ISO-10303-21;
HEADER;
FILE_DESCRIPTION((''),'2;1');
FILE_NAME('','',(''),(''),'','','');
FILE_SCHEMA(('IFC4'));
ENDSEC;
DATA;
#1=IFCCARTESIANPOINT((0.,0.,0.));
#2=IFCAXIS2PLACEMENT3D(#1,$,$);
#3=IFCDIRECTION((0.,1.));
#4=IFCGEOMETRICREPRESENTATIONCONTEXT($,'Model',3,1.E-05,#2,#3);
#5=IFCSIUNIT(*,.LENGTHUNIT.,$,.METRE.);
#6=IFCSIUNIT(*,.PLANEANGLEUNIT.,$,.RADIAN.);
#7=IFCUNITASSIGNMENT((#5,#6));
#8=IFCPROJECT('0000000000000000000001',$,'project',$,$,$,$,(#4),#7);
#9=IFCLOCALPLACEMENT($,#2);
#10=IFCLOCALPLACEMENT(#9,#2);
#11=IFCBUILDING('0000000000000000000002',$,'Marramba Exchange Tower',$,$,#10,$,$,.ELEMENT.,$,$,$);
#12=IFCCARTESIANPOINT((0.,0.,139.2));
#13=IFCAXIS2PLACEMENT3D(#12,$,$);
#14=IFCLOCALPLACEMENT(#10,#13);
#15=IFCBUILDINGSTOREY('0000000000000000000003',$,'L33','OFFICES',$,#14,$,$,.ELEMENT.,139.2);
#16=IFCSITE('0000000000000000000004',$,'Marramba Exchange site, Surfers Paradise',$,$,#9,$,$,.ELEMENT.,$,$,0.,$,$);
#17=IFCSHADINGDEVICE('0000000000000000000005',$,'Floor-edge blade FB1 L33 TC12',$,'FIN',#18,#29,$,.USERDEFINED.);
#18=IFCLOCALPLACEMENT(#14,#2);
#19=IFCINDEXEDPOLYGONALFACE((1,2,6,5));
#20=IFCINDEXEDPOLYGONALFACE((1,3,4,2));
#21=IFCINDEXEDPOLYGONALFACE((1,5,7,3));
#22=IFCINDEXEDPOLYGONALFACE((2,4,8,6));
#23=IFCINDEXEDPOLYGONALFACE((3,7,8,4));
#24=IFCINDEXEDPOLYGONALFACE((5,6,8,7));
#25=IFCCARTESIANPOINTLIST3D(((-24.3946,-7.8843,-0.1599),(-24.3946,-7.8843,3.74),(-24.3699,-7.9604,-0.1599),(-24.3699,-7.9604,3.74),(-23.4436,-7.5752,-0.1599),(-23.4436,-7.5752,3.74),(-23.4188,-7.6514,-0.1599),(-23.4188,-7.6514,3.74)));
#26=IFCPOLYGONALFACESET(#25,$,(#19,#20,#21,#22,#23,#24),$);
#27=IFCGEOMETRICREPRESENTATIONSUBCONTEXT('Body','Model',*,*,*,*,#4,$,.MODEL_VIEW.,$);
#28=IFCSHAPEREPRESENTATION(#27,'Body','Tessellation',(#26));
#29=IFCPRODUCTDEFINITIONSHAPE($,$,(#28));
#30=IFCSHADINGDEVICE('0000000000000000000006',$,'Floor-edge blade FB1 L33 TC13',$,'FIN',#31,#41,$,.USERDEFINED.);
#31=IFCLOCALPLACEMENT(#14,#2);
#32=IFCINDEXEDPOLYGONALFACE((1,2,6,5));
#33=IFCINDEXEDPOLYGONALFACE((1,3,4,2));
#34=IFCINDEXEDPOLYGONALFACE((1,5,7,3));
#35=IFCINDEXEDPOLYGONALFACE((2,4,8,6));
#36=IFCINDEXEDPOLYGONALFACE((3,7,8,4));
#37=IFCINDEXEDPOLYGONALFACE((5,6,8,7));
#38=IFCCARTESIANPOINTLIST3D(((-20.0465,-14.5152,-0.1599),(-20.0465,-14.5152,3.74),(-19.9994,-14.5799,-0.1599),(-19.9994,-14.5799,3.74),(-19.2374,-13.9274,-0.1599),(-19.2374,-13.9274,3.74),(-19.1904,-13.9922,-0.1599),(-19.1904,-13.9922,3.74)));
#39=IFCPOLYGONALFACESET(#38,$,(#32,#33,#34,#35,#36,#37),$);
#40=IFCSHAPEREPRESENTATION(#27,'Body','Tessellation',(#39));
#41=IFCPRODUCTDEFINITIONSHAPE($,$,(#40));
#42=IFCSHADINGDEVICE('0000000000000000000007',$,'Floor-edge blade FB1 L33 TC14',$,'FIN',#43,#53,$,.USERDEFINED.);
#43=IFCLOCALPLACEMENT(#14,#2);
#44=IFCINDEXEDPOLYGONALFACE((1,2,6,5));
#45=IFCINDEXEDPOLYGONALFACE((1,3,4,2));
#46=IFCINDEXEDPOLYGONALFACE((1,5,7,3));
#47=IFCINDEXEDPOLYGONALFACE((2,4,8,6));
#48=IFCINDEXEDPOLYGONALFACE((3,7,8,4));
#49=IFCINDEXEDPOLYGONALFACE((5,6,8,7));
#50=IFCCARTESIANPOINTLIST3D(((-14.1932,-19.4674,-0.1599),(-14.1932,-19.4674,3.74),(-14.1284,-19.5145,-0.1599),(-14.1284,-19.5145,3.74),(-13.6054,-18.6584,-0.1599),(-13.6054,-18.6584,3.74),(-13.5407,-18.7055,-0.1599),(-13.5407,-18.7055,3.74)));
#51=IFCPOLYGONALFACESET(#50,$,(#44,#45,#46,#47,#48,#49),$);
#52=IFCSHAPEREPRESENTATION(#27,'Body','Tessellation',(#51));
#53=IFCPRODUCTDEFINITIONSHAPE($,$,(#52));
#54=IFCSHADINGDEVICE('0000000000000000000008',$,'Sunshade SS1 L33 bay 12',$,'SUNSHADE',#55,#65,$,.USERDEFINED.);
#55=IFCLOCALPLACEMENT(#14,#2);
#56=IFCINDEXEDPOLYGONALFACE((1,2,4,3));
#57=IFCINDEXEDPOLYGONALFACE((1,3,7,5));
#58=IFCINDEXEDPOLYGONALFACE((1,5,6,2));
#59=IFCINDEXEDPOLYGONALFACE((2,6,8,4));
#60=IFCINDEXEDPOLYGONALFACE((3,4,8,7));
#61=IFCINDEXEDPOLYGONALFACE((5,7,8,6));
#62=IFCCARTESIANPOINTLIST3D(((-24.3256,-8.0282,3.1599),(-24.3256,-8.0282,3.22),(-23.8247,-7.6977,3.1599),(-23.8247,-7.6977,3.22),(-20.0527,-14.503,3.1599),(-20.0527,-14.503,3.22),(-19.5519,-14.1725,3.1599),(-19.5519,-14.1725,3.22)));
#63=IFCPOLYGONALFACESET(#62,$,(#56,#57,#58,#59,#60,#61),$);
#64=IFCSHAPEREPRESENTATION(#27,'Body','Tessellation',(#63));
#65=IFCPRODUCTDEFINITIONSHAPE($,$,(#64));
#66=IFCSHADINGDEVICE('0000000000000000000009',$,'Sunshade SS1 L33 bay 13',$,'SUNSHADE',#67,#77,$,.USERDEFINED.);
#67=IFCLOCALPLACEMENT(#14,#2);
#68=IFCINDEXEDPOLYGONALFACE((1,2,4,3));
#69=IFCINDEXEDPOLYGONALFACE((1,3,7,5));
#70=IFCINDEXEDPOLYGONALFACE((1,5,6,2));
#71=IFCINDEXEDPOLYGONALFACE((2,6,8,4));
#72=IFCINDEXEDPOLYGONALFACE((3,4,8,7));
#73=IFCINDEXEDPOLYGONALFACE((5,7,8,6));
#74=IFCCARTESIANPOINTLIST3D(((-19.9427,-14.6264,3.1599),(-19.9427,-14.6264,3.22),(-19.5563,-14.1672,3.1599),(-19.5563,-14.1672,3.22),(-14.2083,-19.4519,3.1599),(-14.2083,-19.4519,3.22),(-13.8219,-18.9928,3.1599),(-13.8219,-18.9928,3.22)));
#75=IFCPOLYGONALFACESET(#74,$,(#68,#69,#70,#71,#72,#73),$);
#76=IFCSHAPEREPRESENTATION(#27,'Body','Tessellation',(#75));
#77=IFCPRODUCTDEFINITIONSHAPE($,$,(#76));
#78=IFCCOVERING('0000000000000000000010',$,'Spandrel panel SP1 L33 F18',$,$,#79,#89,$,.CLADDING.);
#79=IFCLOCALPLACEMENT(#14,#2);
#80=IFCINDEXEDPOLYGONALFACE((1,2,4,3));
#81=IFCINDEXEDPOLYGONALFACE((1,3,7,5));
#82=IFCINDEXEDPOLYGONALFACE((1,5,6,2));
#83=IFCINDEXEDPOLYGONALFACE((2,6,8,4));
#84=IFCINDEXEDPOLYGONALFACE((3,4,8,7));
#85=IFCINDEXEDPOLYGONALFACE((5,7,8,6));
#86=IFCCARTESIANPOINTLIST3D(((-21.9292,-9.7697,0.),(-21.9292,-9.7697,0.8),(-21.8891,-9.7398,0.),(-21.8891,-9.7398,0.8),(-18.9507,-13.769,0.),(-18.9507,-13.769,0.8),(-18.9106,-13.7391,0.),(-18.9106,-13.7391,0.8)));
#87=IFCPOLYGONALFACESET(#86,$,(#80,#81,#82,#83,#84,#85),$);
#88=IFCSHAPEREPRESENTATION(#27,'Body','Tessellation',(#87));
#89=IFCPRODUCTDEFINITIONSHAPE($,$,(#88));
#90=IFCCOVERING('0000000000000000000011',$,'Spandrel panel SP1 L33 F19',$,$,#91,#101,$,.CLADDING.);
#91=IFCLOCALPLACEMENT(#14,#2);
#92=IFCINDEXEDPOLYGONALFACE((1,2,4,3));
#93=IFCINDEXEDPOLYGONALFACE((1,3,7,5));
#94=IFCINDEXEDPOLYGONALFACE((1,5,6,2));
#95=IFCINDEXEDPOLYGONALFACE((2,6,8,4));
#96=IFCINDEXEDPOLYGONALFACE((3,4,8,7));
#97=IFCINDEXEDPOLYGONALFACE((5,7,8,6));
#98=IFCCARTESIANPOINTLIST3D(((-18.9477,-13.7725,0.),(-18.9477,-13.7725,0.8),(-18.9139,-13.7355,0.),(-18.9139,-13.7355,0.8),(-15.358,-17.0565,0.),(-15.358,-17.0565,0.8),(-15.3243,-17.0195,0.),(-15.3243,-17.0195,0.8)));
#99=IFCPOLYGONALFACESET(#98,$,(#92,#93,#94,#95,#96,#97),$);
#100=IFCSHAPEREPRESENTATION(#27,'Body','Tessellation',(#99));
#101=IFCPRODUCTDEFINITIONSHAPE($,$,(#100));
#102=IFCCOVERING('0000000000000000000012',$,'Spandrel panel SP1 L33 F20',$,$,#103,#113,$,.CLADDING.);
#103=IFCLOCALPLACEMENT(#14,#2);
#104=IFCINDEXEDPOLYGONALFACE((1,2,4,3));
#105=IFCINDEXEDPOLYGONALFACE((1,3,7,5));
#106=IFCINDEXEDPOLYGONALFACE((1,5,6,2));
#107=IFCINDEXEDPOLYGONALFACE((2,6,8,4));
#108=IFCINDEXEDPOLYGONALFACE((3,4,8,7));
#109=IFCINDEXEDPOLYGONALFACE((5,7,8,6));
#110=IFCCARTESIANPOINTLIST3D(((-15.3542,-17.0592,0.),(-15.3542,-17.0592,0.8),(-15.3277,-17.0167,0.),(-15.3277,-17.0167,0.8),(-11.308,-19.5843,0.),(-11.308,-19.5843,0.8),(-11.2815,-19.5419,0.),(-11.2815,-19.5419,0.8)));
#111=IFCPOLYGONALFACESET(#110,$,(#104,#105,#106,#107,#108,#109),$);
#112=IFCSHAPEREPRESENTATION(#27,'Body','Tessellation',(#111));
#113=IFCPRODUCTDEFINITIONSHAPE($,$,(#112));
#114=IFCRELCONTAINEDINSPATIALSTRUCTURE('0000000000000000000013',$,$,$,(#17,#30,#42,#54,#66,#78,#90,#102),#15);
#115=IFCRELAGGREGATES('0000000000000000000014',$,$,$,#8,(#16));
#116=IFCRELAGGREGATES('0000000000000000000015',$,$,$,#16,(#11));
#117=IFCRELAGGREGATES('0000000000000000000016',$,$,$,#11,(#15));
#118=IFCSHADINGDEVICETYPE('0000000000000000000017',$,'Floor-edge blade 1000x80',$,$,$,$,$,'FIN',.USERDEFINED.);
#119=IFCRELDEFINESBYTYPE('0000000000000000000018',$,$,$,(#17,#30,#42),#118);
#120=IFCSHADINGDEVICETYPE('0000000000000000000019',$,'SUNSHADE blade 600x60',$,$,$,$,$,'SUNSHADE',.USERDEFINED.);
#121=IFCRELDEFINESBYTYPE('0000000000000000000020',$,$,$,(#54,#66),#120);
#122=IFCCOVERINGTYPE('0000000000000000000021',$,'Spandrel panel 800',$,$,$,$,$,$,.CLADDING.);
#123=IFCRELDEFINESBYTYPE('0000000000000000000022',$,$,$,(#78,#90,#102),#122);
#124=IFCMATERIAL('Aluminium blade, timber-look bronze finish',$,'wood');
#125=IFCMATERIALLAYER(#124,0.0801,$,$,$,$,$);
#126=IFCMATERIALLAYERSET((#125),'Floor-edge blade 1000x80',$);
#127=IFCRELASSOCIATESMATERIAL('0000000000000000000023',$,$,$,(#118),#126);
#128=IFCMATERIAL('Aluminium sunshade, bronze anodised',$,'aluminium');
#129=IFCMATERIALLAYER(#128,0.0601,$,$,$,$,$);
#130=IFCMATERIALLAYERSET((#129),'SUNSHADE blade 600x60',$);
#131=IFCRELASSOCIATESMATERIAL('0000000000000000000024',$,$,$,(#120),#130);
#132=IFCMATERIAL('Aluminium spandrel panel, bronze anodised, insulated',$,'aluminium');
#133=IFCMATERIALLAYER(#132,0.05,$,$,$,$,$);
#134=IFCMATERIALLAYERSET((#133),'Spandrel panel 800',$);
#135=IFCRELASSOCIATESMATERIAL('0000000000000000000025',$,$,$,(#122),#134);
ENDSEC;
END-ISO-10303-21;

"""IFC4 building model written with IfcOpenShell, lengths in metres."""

from ifc_helpers import new_model, si_unit, direction, frame, origin, origin_2d, place, context, subcontext, project, spatial, rectangle, extrude, material, layer, layer_set, type_object, element, save


model = new_model("IFC4")

# Units and contexts
model_context = context("Model", 3, precision=1e-05, world=origin(), true_north=direction((0.0, 1.0)))
body_context = subcontext(model_context, "Body", "Model", "MODEL_VIEW")
ifc_project = project(units=[si_unit("LENGTHUNIT", "METRE"), si_unit("PLANEANGLEUNIT", "RADIAN")], contexts=[model_context])

# Site, building, storey
site_placement = place(None, origin())
site = spatial("IfcSite", under=ifc_project, at=site_placement, Name="Marramba Exchange site, Surfers Paradise", CompositionType="ELEMENT", RefElevation=0.0)
building_placement = place(site_placement, origin())
building = spatial("IfcBuilding", under=site, at=building_placement, Name="Marramba Exchange Tower", CompositionType="ELEMENT")
storey_placement = place(building_placement, frame((0.0, 0.0, 139.2)))
storey = spatial("IfcBuildingStorey", under=building, at=storey_placement, Name="L33", Description="OFFICES", CompositionType="ELEMENT", Elevation=139.2)

# Shading devices
ifc_material_1 = material(Name="Aluminium blade, timber-look bronze finish", Category="wood")
ifc_layer_1 = layer(ifc_material_1, 0.0801)
ifc_layer_set_1 = layer_set([ifc_layer_1], Name="Floor-edge blade 1000x80")
shading_device_type_1 = type_object("IfcShadingDeviceType", Name="Floor-edge blade 1000x80", ElementType="FIN", PredefinedType="USERDEFINED", material=ifc_layer_set_1)
for number, where, z_axis, x_axis, name in (
    (1, (-23.9067, -7.7678, -0.1599), (0.0, 0.0, 1.0), (-0.951057, -0.309017, 0.0), "Floor-edge blade FB1 L33 TC12"),
    (2, (-19.6184, -14.2537, -0.1599), (0.0, 0.0, 1.0), (-0.809017, -0.587785, 0.0), "Floor-edge blade FB1 L33 TC13"),
    (3, (-13.8669, -19.0864, -0.1599), (0.0, 0.0, 1.0), (-0.587785, -0.809017, 0.0), "Floor-edge blade FB1 L33 TC14"),
):
    element("IfcShadingDevice", number, at=place(storey_placement, frame(where, z_axis=z_axis, x_axis=x_axis)), inside=storey, type_object=shading_device_type_1, Name=name, ObjectType="FIN", PredefinedType="USERDEFINED", context=body_context, shape_type="SweptSolid", body=[
        extrude(rectangle(XDim=1.0, YDim=0.0801, at=origin_2d()), origin(), (0.0, 0.0, 1.0), 3.8999),
    ])
ifc_material_2 = material(Name="Aluminium sunshade, bronze anodised", Category="aluminium")
ifc_layer_2 = layer(ifc_material_2, 0.0601)
ifc_layer_set_2 = layer_set([ifc_layer_2], Name="SUNSHADE blade 600x60")
shading_device_type_2 = type_object("IfcShadingDeviceType", Name="SUNSHADE blade 600x60", ElementType="SUNSHADE", PredefinedType="USERDEFINED", material=ifc_layer_set_2)
shading_device_1_placement = place(storey_placement, frame((-21.9387, -11.1003, 3.1599), z_axis=(0.0, 0.0, 1.0), x_axis=(0.550792, -0.834642, 0.0)))
element("IfcShadingDevice", 4, at=shading_device_1_placement, inside=storey, type_object=shading_device_type_2, Name="Sunshade SS1 L33 bay 12", ObjectType="SUNSHADE", PredefinedType="USERDEFINED", context=body_context, shape_type="SweptSolid", body=[
    extrude(rectangle(XDim=7.7576, YDim=0.6001, at=origin_2d()), origin(), (0.0, 0.0, 1.0), 0.0601),
])
shading_device_2_placement = place(storey_placement, frame((-16.8823, -16.8096, 3.1599), z_axis=(0.0, 0.0, 1.0), x_axis=(0.765139, -0.643866, 0.0)))
element("IfcShadingDevice", 5, at=shading_device_2_placement, inside=storey, type_object=shading_device_type_2, Name="Sunshade SS1 L33 bay 13", ObjectType="SUNSHADE", PredefinedType="USERDEFINED", context=body_context, shape_type="SweptSolid", body=[
    extrude(rectangle(XDim=7.4946, YDim=0.6001, at=origin_2d()), origin(), (0.0, 0.0, 1.0), 0.0601),
])

# Coverings
ifc_material_3 = material(Name="Aluminium spandrel panel, bronze anodised, insulated", Category="aluminium")
ifc_layer_3 = layer(ifc_material_3, 0.05)
ifc_layer_set_3 = layer_set([ifc_layer_3], Name="Spandrel panel 800")
covering_type = type_object("IfcCoveringType", Name="Spandrel panel 800", PredefinedType="CLADDING", material=ifc_layer_set_3)
covering_1_placement = place(storey_placement, frame((-20.4199, -11.7544, 0.0), z_axis=(0.0, 0.0, 1.0), x_axis=(0.597305, -0.802014, 0.0)))
element("IfcCovering", 6, at=covering_1_placement, inside=storey, type_object=covering_type, Name="Spandrel panel SP1 L33 F18", PredefinedType="CLADDING", context=body_context, shape_type="SweptSolid", body=[
    extrude(rectangle(XDim=4.9866, YDim=0.05, at=origin_2d()), origin(), (0.0, 0.0, 1.0), 0.8),
])
covering_2_placement = place(storey_placement, frame((-17.136, -15.396, 0.0), z_axis=(0.0, 0.0, 1.0), x_axis=(0.737822, -0.674995, 0.0)))
element("IfcCovering", 7, at=covering_2_placement, inside=storey, type_object=covering_type, Name="Spandrel panel SP1 L33 F19", PredefinedType="CLADDING", context=body_context, shape_type="SweptSolid", body=[
    extrude(rectangle(XDim=4.8652, YDim=0.05, at=origin_2d()), origin(), (0.0, 0.0, 1.0), 0.8),
])
covering_3_placement = place(storey_placement, frame((-13.3179, -18.3005, 0.0), z_axis=(0.0, 0.0, 1.0), x_axis=(0.848355, -0.529428, 0.0)))
element("IfcCovering", 8, at=covering_3_placement, inside=storey, type_object=covering_type, Name="Spandrel panel SP1 L33 F20", PredefinedType="CLADDING", context=body_context, shape_type="SweptSolid", body=[
    extrude(rectangle(XDim=4.7695, YDim=0.05, at=origin_2d()), origin(), (0.0, 0.0, 1.0), 0.8),
])

save(model, "model.ifc")
